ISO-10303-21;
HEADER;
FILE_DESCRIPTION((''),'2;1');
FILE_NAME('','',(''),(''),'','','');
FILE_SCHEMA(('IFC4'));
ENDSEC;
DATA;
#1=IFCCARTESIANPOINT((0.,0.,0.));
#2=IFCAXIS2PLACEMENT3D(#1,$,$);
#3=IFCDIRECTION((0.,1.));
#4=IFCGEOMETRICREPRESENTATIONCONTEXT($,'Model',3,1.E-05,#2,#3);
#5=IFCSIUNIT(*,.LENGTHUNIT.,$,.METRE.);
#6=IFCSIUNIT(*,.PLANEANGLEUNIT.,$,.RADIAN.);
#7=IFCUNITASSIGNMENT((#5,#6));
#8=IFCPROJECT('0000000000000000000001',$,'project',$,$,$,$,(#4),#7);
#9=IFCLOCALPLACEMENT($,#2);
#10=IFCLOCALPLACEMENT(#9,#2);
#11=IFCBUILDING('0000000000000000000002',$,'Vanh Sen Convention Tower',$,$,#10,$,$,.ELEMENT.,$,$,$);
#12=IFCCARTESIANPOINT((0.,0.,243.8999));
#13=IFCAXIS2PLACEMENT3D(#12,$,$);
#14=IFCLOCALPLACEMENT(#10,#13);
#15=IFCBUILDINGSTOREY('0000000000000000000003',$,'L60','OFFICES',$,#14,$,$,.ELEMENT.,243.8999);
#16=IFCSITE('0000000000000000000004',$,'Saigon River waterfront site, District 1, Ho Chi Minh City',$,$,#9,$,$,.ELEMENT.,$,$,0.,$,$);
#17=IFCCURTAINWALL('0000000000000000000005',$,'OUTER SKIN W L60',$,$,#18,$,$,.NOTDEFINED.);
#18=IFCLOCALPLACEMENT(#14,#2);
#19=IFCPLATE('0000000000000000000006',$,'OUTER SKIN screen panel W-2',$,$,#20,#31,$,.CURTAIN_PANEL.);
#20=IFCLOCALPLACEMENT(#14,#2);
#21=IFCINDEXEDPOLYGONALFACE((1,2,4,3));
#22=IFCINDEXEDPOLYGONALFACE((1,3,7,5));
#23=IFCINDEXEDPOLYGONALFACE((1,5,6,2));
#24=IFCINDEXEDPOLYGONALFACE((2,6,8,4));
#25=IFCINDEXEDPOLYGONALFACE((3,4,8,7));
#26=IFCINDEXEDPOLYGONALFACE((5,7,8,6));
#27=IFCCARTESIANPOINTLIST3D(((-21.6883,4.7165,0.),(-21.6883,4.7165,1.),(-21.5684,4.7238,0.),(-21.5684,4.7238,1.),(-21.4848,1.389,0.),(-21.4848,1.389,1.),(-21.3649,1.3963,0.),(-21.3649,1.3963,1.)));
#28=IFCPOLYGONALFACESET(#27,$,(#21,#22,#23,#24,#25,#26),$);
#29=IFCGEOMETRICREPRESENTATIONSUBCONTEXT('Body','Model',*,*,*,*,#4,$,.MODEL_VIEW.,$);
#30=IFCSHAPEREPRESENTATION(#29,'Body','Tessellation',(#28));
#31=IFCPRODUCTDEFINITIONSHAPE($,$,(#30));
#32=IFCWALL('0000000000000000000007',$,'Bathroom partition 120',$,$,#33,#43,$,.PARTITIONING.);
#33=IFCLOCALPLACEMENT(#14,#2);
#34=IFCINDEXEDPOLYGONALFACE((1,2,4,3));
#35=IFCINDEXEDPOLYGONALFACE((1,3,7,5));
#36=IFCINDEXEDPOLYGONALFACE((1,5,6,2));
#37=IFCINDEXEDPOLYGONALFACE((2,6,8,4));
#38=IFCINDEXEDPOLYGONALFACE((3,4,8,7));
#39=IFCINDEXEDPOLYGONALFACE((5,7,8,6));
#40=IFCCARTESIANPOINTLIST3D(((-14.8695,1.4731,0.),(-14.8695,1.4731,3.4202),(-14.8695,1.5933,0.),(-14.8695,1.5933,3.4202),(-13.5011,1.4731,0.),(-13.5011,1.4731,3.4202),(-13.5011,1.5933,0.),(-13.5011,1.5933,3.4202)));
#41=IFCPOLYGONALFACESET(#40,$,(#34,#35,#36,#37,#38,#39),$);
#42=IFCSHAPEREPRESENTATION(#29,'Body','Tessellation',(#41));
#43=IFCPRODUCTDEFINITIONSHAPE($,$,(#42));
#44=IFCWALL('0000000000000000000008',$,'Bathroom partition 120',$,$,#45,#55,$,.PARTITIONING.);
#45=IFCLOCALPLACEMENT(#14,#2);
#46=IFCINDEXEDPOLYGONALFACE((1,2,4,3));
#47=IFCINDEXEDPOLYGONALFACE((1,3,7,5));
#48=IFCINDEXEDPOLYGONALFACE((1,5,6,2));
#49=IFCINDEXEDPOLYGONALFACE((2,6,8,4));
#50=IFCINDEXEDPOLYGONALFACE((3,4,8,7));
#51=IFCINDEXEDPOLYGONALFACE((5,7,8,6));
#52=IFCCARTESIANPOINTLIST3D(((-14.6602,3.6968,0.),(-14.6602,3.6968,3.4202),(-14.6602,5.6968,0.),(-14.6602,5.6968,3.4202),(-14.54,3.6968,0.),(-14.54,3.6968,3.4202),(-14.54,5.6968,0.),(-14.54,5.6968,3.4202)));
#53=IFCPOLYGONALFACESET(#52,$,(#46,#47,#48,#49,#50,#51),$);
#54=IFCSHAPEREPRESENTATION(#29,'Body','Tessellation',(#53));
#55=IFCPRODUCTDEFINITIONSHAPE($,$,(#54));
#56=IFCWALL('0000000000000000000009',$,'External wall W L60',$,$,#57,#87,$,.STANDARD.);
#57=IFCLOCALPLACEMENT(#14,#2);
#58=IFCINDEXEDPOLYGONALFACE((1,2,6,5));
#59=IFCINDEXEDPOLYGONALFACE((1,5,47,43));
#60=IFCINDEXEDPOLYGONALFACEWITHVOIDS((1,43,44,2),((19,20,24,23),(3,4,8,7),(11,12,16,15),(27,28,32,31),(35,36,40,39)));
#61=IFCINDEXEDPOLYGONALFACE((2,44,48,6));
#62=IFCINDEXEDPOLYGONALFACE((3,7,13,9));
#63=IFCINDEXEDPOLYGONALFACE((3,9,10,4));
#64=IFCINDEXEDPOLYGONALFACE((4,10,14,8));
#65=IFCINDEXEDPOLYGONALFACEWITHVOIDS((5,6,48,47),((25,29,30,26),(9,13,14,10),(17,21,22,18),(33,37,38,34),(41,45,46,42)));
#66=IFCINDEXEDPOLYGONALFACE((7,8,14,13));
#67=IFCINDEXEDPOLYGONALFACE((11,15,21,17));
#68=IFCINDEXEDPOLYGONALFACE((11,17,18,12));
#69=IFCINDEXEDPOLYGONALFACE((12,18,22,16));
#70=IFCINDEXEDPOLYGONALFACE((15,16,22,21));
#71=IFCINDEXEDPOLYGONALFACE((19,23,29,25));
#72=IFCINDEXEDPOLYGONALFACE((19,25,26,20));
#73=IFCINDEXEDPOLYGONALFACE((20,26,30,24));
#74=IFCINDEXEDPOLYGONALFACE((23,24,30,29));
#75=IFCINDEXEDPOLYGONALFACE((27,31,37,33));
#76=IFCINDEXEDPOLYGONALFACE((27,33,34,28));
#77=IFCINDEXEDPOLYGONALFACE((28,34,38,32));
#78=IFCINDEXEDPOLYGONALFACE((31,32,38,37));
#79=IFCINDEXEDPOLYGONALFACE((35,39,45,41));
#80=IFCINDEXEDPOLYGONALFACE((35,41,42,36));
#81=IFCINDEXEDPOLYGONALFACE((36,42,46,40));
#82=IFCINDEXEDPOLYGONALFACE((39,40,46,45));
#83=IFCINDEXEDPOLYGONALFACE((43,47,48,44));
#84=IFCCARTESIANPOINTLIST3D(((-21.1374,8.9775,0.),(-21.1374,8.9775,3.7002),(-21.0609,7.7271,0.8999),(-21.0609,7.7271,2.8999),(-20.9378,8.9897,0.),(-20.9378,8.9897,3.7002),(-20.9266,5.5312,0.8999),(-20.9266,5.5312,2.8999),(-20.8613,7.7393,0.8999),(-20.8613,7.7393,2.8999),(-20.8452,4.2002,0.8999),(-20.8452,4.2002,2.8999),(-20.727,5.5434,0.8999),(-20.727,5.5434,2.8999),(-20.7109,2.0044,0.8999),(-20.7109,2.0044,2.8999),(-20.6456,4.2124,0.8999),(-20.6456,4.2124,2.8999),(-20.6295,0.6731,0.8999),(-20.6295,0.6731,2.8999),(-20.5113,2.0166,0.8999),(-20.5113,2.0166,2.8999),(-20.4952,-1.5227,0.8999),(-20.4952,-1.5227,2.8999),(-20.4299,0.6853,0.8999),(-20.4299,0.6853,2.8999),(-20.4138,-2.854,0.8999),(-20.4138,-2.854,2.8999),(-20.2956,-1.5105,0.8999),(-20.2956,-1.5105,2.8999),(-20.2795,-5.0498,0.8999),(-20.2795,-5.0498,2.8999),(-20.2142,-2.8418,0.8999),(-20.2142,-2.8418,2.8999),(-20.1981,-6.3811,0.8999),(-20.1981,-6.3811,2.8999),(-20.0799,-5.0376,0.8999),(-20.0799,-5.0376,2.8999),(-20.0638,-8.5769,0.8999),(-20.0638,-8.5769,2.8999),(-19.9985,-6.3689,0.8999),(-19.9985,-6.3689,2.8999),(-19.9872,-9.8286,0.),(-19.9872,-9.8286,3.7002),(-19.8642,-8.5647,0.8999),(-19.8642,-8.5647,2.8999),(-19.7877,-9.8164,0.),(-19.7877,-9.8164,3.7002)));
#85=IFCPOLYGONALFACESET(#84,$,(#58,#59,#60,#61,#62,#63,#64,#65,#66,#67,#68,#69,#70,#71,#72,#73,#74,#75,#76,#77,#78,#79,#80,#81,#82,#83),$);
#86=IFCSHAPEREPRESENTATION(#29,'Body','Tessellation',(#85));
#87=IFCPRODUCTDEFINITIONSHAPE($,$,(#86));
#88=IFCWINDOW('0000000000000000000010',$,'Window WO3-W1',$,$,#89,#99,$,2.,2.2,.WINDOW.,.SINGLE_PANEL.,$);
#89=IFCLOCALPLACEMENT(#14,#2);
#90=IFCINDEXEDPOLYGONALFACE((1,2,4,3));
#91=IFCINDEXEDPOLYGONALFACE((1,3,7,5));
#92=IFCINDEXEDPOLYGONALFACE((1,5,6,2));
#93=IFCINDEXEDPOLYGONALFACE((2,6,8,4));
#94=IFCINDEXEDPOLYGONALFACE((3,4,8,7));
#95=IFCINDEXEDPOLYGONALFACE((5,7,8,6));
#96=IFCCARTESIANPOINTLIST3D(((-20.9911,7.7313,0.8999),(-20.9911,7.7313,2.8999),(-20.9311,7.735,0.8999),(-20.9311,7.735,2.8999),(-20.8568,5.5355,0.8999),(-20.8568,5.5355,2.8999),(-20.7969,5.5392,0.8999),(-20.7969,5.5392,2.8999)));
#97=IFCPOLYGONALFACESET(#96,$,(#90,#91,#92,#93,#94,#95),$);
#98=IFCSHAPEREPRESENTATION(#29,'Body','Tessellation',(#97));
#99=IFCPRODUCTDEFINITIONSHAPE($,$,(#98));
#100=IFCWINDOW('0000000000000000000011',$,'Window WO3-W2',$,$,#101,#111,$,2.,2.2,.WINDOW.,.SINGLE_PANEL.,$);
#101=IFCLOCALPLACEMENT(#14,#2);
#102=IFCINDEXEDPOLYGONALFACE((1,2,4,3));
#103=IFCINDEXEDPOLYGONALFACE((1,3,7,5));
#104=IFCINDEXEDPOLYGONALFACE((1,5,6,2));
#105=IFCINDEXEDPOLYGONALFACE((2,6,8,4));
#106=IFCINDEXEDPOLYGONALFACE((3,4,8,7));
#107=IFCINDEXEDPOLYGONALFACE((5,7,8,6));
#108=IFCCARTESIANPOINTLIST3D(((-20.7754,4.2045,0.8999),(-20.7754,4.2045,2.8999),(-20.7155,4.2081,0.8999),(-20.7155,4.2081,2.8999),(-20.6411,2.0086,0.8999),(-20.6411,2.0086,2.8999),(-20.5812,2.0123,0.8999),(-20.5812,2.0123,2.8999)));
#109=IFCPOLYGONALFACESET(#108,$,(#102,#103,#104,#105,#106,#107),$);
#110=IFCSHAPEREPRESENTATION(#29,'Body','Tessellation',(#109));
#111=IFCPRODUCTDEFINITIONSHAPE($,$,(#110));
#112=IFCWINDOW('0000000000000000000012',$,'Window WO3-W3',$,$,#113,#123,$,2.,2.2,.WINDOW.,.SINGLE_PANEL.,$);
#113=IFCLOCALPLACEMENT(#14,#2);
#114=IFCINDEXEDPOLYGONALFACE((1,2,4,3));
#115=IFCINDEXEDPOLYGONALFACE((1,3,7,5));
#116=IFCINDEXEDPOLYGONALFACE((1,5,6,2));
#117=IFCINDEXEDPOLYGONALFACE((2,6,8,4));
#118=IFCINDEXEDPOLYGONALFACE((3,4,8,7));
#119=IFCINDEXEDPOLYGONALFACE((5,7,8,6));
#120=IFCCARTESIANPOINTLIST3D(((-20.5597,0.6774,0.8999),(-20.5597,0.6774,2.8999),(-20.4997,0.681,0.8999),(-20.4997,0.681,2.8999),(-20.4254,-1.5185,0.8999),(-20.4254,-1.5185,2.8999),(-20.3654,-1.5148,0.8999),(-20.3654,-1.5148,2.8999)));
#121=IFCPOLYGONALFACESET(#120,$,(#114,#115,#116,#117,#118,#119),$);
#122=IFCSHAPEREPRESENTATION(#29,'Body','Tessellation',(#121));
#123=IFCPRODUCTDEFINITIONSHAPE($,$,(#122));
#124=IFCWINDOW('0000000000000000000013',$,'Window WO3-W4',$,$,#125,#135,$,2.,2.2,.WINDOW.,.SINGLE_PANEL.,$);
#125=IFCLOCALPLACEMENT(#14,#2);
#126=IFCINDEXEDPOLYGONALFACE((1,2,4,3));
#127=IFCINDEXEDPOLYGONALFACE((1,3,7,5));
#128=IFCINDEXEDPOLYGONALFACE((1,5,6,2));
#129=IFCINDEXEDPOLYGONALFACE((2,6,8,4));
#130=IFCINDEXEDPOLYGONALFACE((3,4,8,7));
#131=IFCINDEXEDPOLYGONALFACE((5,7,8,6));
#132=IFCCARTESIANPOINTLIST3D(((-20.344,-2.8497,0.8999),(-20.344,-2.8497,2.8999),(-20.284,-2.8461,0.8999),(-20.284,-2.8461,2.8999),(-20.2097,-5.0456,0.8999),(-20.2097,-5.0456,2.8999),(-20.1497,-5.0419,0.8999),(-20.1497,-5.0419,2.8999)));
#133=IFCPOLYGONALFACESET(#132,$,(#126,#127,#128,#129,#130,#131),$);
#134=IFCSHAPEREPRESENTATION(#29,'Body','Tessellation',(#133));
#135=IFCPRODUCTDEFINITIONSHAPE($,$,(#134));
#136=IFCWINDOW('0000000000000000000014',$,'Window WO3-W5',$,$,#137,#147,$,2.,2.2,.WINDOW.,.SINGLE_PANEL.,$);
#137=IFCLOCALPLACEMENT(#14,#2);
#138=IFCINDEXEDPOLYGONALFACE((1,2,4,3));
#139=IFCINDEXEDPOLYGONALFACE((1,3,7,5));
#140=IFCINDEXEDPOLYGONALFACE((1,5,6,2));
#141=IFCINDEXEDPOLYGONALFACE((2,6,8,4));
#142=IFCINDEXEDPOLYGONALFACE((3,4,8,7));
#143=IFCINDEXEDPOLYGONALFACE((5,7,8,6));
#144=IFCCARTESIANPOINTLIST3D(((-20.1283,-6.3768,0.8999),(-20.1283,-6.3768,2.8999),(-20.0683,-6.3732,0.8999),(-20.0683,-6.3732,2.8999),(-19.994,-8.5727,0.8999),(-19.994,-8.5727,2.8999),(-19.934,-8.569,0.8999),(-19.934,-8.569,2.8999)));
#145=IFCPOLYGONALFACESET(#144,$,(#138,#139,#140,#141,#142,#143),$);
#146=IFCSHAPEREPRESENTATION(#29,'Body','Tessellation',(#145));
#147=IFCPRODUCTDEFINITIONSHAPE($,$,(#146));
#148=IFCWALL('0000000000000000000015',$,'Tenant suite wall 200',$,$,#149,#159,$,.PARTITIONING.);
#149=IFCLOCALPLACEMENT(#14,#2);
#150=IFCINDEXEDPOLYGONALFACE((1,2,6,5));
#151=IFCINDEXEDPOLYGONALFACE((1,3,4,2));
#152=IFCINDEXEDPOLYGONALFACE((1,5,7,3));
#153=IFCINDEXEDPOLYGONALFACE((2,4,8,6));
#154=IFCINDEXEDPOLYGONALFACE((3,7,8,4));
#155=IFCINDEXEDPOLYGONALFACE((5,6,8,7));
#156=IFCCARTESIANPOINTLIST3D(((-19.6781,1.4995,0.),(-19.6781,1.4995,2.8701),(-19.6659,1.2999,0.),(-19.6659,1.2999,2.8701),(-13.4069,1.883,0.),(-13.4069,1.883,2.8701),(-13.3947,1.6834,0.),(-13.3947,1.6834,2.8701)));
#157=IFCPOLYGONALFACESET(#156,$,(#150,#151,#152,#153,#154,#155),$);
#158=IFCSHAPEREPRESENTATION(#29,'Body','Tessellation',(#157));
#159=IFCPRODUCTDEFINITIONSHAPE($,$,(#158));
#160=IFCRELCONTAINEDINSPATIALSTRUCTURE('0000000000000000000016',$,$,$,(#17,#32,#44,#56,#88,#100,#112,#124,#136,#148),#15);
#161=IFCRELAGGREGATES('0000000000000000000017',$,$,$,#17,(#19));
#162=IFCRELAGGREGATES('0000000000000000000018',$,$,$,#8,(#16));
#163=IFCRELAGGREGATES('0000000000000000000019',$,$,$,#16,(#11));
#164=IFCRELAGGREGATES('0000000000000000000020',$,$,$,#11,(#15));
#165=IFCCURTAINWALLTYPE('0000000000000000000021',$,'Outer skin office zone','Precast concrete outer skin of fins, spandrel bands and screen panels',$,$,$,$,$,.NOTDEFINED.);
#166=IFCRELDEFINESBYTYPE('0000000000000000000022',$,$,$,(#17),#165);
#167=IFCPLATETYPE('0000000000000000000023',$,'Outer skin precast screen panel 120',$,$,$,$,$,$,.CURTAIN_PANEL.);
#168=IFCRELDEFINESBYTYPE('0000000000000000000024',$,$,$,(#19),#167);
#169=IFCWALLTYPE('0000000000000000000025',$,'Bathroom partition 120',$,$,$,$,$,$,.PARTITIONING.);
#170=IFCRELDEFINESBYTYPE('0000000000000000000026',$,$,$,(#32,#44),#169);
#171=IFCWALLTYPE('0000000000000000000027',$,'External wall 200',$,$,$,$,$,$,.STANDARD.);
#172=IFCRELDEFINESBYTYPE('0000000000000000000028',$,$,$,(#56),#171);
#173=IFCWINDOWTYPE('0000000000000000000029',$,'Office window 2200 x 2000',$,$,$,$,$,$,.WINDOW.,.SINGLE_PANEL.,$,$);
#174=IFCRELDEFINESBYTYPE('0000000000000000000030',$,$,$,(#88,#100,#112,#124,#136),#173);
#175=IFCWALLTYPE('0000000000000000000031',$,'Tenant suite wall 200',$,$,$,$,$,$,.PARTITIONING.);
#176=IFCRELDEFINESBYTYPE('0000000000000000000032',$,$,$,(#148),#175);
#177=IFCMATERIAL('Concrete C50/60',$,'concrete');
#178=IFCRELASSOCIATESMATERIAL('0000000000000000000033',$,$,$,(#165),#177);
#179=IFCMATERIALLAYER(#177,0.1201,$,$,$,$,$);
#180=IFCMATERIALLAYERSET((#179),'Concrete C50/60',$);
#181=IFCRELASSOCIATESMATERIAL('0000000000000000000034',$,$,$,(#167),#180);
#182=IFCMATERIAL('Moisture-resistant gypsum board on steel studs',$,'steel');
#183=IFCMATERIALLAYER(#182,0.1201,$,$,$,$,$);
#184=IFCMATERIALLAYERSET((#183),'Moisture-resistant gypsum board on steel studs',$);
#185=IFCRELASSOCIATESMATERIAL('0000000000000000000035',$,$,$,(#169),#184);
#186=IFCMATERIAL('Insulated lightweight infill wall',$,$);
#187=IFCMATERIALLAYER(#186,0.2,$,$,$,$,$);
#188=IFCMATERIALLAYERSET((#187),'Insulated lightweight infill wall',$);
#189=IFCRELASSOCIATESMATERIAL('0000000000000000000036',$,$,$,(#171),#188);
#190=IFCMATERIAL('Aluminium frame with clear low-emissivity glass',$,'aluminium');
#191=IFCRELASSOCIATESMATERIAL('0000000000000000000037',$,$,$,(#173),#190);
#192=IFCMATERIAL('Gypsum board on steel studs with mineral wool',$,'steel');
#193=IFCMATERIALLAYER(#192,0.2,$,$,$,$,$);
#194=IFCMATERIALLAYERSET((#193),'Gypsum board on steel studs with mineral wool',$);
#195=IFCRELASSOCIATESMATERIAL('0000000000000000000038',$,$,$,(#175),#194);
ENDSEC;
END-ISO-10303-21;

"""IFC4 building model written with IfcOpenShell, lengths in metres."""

from ifc_helpers import new_model, si_unit, direction, frame, frame_2d, origin, origin_2d, place, context, subcontext, project, spatial, rectangle, extrude, material, layer, layer_set, type_object, element, fill, aggregate, save


model = new_model("IFC4")

# Units and contexts
model_context = context("Model", 3, precision=1e-05, world=origin(), true_north=direction((0.0, 1.0)))
body_context = subcontext(model_context, "Body", "Model", "MODEL_VIEW")
ifc_project = project(units=[si_unit("LENGTHUNIT", "METRE"), si_unit("PLANEANGLEUNIT", "RADIAN")], contexts=[model_context])

# Site, building, storey
site_placement = place(None, origin())
site = spatial("IfcSite", under=ifc_project, at=site_placement, Name="Saigon River waterfront site, District 1, Ho Chi Minh City", CompositionType="ELEMENT", RefElevation=0.0)
building_placement = place(site_placement, origin())
building = spatial("IfcBuilding", under=site, at=building_placement, Name="Vanh Sen Convention Tower", CompositionType="ELEMENT")
storey_placement = place(building_placement, frame((0.0, 0.0, 243.8999)))
storey = spatial("IfcBuildingStorey", under=building, at=storey_placement, Name="L60", Description="OFFICES", CompositionType="ELEMENT", Elevation=243.8999)

# Curtain wall
ifc_material_1 = material(Name="Concrete C50/60", Category="concrete")
curtain_wall_type = type_object("IfcCurtainWallType", Name="Outer skin office zone", Description="Precast concrete outer skin of fins, spandrel bands and screen panels", PredefinedType="NOTDEFINED", material=ifc_material_1)
curtain_wall_placement = place(storey_placement, origin())
curtain_wall = element("IfcCurtainWall", 1, at=curtain_wall_placement, inside=storey, type_object=curtain_wall_type, Name="OUTER SKIN W L60", PredefinedType="NOTDEFINED")

# Plate
ifc_layer_1 = layer(ifc_material_1, 0.1201)
ifc_layer_set_1 = layer_set([ifc_layer_1], Name="Concrete C50/60")
plate_type = type_object("IfcPlateType", Name="Outer skin precast screen panel 120", PredefinedType="CURTAIN_PANEL", material=ifc_layer_set_1)
plate_1_placement = place(storey_placement, frame((-21.5266, 3.0564, 0.0), z_axis=(0.0, 0.0, 1.0), x_axis=(0.061042, -0.998135, 0.0)))
plate_1 = element("IfcPlate", 2, at=plate_1_placement, type_object=plate_type, Name="OUTER SKIN screen panel W-2", PredefinedType="CURTAIN_PANEL", context=body_context, shape_type="SweptSolid", body=[
    extrude(rectangle(XDim=3.3337, YDim=0.1201, at=origin_2d()), origin(), (0.0, 0.0, 1.0), 1.0),
])
aggregate(curtain_wall, [plate_1])

# Walls
ifc_material_2 = material(Name="Moisture-resistant gypsum board on steel studs", Category="steel")
ifc_layer_2 = layer(ifc_material_2, 0.1201)
ifc_layer_set_2 = layer_set([ifc_layer_2], Name="Moisture-resistant gypsum board on steel studs")
wall_type_1 = type_object("IfcWallType", Name="Bathroom partition 120", PredefinedType="PARTITIONING", material=ifc_layer_set_2)
wall_1_placement = place(storey_placement, frame((-14.8694, 1.5332, 0.0), z_axis=(0.0, 0.0, 1.0), x_axis=(1.0, 0.0, 0.0)))
element("IfcWall", 3, at=wall_1_placement, inside=storey, type_object=wall_type_1, Name="Bathroom partition 120", PredefinedType="PARTITIONING", context=body_context, shape_type="SweptSolid", body=[
    extrude(rectangle(XDim=1.3684, YDim=0.1201, at=frame_2d((0.6841, 0.0))), origin(), (0.0, 0.0, 1.0), 3.4202),
])
wall_2_placement = place(storey_placement, frame((-14.6001, 3.6968, 0.0), z_axis=(0.0, 0.0, 1.0), x_axis=(0.0, 1.0, 0.0)))
element("IfcWall", 4, at=wall_2_placement, inside=storey, type_object=wall_type_1, Name="Bathroom partition 120", PredefinedType="PARTITIONING", context=body_context, shape_type="SweptSolid", body=[
    extrude(rectangle(XDim=2.0, YDim=0.1201, at=frame_2d((1.0, 0.0))), origin(), (0.0, 0.0, 1.0), 3.4202),
])

# Wall, openings, windows
ifc_material_3 = material(Name="Insulated lightweight infill wall")
ifc_layer_3 = layer(ifc_material_3, 0.2)
ifc_layer_set_3 = layer_set([ifc_layer_3], Name="Insulated lightweight infill wall")
wall_type_2 = type_object("IfcWallType", Name="External wall 200", PredefinedType="STANDARD", material=ifc_layer_set_3)
wall_3_placement = place(storey_placement, frame((-21.0376, 8.9836, 0.0), z_axis=(0.0, 0.0, 1.0), x_axis=(0.061044, -0.998135, 0.0)))
wall_3 = element("IfcWall", 5, at=wall_3_placement, inside=storey, type_object=wall_type_2, Name="External wall W L60", PredefinedType="STANDARD", context=body_context, shape_type="SweptSolid", body=[
    extrude(rectangle(XDim=18.8413, YDim=0.2, at=frame_2d((9.4207, 0.0))), origin(), (0.0, 0.0, 1.0), 3.7002),
])
opening_1_placement = place(wall_3_placement, frame((1.2527, 0.0, 0.8999)))
opening_1 = element("IfcOpeningElement", 6, at=opening_1_placement, cuts=wall_3, PredefinedType="OPENING", context=body_context, shape_type="SweptSolid", body=[
    extrude(rectangle(XDim=2.2, YDim=2.0, at=frame_2d((1.1001, 1.0))), frame((0.0, 0.1099, 0.0), z_axis=(0.0, -1.0, 0.0), x_axis=(1.0, 0.0, 0.0)), (0.0, 0.0, 1.0), 0.22),
])
opening_2_placement = place(wall_3_placement, frame((4.7861, 0.0, 0.8999)))
opening_2 = element("IfcOpeningElement", 7, at=opening_2_placement, cuts=wall_3, PredefinedType="OPENING", context=body_context, shape_type="SweptSolid", body=[
    extrude(rectangle(XDim=2.2, YDim=2.0, at=frame_2d((1.1001, 1.0))), frame((0.0, 0.1099, 0.0), z_axis=(0.0, -1.0, 0.0), x_axis=(1.0, 0.0, 0.0)), (0.0, 0.0, 1.0), 0.22),
])
opening_3_placement = place(wall_3_placement, frame((8.3198, 0.0, 0.8999)))
opening_3 = element("IfcOpeningElement", 8, at=opening_3_placement, cuts=wall_3, PredefinedType="OPENING", context=body_context, shape_type="SweptSolid", body=[
    extrude(rectangle(XDim=2.2, YDim=2.0, at=frame_2d((1.1001, 1.0))), frame((0.0, 0.1099, 0.0), z_axis=(0.0, -1.0, 0.0), x_axis=(1.0, 0.0, 0.0)), (0.0, 0.0, 1.0), 0.22),
])
opening_4_placement = place(wall_3_placement, frame((11.8535, 0.0, 0.8999)))
opening_4 = element("IfcOpeningElement", 9, at=opening_4_placement, cuts=wall_3, PredefinedType="OPENING", context=body_context, shape_type="SweptSolid", body=[
    extrude(rectangle(XDim=2.2, YDim=2.0, at=frame_2d((1.1001, 1.0))), frame((0.0, 0.1099, 0.0), z_axis=(0.0, -1.0, 0.0), x_axis=(1.0, 0.0, 0.0)), (0.0, 0.0, 1.0), 0.22),
])
opening_5_placement = place(wall_3_placement, frame((15.3872, 0.0, 0.8999)))
opening_5 = element("IfcOpeningElement", 10, at=opening_5_placement, cuts=wall_3, PredefinedType="OPENING", context=body_context, shape_type="SweptSolid", body=[
    extrude(rectangle(XDim=2.2, YDim=2.0, at=frame_2d((1.1001, 1.0))), frame((0.0, 0.1099, 0.0), z_axis=(0.0, -1.0, 0.0), x_axis=(1.0, 0.0, 0.0)), (0.0, 0.0, 1.0), 0.22),
])
ifc_material_4 = material(Name="Aluminium frame with clear low-emissivity glass", Category="aluminium")
window_type = type_object("IfcWindowType", Name="Office window 2200 x 2000", PartitioningType="SINGLE_PANEL", PredefinedType="WINDOW", material=ifc_material_4)
window_1_placement = place(opening_1_placement, origin())
window_1 = element("IfcWindow", 11, at=window_1_placement, inside=storey, type_object=window_type, Name="Window WO3-W1", OverallHeight=2.0, OverallWidth=2.2, PartitioningType="SINGLE_PANEL", PredefinedType="WINDOW", context=body_context, shape_type="SweptSolid", body=[
    extrude(rectangle(XDim=2.2, YDim=2.0, at=frame_2d((1.1001, 1.0))), frame((0.0, 0.03, 0.0), z_axis=(0.0, -1.0, 0.0), x_axis=(1.0, 0.0, 0.0)), (0.0, 0.0, 1.0), 0.0601),
])
fill(opening_1, window_1)
window_2_placement = place(opening_2_placement, origin())
window_2 = element("IfcWindow", 12, at=window_2_placement, inside=storey, type_object=window_type, Name="Window WO3-W2", OverallHeight=2.0, OverallWidth=2.2, PartitioningType="SINGLE_PANEL", PredefinedType="WINDOW", context=body_context, shape_type="SweptSolid", body=[
    extrude(rectangle(XDim=2.2, YDim=2.0, at=frame_2d((1.1001, 1.0))), frame((0.0, 0.03, 0.0), z_axis=(0.0, -1.0, 0.0), x_axis=(1.0, 0.0, 0.0)), (0.0, 0.0, 1.0), 0.0601),
])
fill(opening_2, window_2)
window_3_placement = place(opening_3_placement, origin())
window_3 = element("IfcWindow", 13, at=window_3_placement, inside=storey, type_object=window_type, Name="Window WO3-W3", OverallHeight=2.0, OverallWidth=2.2, PartitioningType="SINGLE_PANEL", PredefinedType="WINDOW", context=body_context, shape_type="SweptSolid", body=[
    extrude(rectangle(XDim=2.2, YDim=2.0, at=frame_2d((1.1001, 1.0))), frame((0.0, 0.03, 0.0), z_axis=(0.0, -1.0, 0.0), x_axis=(1.0, 0.0, 0.0)), (0.0, 0.0, 1.0), 0.0601),
])
fill(opening_3, window_3)
window_4_placement = place(opening_4_placement, origin())
window_4 = element("IfcWindow", 14, at=window_4_placement, inside=storey, type_object=window_type, Name="Window WO3-W4", OverallHeight=2.0, OverallWidth=2.2, PartitioningType="SINGLE_PANEL", PredefinedType="WINDOW", context=body_context, shape_type="SweptSolid", body=[
    extrude(rectangle(XDim=2.2, YDim=2.0, at=frame_2d((1.1001, 1.0))), frame((0.0, 0.03, 0.0), z_axis=(0.0, -1.0, 0.0), x_axis=(1.0, 0.0, 0.0)), (0.0, 0.0, 1.0), 0.0601),
])
fill(opening_4, window_4)
window_5_placement = place(opening_5_placement, origin())
window_5 = element("IfcWindow", 15, at=window_5_placement, inside=storey, type_object=window_type, Name="Window WO3-W5", OverallHeight=2.0, OverallWidth=2.2, PartitioningType="SINGLE_PANEL", PredefinedType="WINDOW", context=body_context, shape_type="SweptSolid", body=[
    extrude(rectangle(XDim=2.2, YDim=2.0, at=frame_2d((1.1001, 1.0))), frame((0.0, 0.03, 0.0), z_axis=(0.0, -1.0, 0.0), x_axis=(1.0, 0.0, 0.0)), (0.0, 0.0, 1.0), 0.0601),
])
fill(opening_5, window_5)

# Wall
ifc_material_5 = material(Name="Gypsum board on steel studs with mineral wool", Category="steel")
ifc_layer_4 = layer(ifc_material_5, 0.2)
ifc_layer_set_4 = layer_set([ifc_layer_4], Name="Gypsum board on steel studs with mineral wool")
wall_type_3 = type_object("IfcWallType", Name="Tenant suite wall 200", PredefinedType="PARTITIONING", material=ifc_layer_set_4)
wall_4_placement = place(storey_placement, frame((-19.6721, 1.3997, 0.0), z_axis=(0.0, 0.0, 1.0), x_axis=(0.998135, 0.061045, 0.0)))
element("IfcWall", 16, at=wall_4_placement, inside=storey, type_object=wall_type_3, Name="Tenant suite wall 200", PredefinedType="PARTITIONING", context=body_context, shape_type="SweptSolid", body=[
    extrude(rectangle(XDim=6.283, YDim=0.2, at=frame_2d((3.1416, 0.0))), origin(), (0.0, 0.0, 1.0), 2.8701),
])

save(model, "model.ifc")
